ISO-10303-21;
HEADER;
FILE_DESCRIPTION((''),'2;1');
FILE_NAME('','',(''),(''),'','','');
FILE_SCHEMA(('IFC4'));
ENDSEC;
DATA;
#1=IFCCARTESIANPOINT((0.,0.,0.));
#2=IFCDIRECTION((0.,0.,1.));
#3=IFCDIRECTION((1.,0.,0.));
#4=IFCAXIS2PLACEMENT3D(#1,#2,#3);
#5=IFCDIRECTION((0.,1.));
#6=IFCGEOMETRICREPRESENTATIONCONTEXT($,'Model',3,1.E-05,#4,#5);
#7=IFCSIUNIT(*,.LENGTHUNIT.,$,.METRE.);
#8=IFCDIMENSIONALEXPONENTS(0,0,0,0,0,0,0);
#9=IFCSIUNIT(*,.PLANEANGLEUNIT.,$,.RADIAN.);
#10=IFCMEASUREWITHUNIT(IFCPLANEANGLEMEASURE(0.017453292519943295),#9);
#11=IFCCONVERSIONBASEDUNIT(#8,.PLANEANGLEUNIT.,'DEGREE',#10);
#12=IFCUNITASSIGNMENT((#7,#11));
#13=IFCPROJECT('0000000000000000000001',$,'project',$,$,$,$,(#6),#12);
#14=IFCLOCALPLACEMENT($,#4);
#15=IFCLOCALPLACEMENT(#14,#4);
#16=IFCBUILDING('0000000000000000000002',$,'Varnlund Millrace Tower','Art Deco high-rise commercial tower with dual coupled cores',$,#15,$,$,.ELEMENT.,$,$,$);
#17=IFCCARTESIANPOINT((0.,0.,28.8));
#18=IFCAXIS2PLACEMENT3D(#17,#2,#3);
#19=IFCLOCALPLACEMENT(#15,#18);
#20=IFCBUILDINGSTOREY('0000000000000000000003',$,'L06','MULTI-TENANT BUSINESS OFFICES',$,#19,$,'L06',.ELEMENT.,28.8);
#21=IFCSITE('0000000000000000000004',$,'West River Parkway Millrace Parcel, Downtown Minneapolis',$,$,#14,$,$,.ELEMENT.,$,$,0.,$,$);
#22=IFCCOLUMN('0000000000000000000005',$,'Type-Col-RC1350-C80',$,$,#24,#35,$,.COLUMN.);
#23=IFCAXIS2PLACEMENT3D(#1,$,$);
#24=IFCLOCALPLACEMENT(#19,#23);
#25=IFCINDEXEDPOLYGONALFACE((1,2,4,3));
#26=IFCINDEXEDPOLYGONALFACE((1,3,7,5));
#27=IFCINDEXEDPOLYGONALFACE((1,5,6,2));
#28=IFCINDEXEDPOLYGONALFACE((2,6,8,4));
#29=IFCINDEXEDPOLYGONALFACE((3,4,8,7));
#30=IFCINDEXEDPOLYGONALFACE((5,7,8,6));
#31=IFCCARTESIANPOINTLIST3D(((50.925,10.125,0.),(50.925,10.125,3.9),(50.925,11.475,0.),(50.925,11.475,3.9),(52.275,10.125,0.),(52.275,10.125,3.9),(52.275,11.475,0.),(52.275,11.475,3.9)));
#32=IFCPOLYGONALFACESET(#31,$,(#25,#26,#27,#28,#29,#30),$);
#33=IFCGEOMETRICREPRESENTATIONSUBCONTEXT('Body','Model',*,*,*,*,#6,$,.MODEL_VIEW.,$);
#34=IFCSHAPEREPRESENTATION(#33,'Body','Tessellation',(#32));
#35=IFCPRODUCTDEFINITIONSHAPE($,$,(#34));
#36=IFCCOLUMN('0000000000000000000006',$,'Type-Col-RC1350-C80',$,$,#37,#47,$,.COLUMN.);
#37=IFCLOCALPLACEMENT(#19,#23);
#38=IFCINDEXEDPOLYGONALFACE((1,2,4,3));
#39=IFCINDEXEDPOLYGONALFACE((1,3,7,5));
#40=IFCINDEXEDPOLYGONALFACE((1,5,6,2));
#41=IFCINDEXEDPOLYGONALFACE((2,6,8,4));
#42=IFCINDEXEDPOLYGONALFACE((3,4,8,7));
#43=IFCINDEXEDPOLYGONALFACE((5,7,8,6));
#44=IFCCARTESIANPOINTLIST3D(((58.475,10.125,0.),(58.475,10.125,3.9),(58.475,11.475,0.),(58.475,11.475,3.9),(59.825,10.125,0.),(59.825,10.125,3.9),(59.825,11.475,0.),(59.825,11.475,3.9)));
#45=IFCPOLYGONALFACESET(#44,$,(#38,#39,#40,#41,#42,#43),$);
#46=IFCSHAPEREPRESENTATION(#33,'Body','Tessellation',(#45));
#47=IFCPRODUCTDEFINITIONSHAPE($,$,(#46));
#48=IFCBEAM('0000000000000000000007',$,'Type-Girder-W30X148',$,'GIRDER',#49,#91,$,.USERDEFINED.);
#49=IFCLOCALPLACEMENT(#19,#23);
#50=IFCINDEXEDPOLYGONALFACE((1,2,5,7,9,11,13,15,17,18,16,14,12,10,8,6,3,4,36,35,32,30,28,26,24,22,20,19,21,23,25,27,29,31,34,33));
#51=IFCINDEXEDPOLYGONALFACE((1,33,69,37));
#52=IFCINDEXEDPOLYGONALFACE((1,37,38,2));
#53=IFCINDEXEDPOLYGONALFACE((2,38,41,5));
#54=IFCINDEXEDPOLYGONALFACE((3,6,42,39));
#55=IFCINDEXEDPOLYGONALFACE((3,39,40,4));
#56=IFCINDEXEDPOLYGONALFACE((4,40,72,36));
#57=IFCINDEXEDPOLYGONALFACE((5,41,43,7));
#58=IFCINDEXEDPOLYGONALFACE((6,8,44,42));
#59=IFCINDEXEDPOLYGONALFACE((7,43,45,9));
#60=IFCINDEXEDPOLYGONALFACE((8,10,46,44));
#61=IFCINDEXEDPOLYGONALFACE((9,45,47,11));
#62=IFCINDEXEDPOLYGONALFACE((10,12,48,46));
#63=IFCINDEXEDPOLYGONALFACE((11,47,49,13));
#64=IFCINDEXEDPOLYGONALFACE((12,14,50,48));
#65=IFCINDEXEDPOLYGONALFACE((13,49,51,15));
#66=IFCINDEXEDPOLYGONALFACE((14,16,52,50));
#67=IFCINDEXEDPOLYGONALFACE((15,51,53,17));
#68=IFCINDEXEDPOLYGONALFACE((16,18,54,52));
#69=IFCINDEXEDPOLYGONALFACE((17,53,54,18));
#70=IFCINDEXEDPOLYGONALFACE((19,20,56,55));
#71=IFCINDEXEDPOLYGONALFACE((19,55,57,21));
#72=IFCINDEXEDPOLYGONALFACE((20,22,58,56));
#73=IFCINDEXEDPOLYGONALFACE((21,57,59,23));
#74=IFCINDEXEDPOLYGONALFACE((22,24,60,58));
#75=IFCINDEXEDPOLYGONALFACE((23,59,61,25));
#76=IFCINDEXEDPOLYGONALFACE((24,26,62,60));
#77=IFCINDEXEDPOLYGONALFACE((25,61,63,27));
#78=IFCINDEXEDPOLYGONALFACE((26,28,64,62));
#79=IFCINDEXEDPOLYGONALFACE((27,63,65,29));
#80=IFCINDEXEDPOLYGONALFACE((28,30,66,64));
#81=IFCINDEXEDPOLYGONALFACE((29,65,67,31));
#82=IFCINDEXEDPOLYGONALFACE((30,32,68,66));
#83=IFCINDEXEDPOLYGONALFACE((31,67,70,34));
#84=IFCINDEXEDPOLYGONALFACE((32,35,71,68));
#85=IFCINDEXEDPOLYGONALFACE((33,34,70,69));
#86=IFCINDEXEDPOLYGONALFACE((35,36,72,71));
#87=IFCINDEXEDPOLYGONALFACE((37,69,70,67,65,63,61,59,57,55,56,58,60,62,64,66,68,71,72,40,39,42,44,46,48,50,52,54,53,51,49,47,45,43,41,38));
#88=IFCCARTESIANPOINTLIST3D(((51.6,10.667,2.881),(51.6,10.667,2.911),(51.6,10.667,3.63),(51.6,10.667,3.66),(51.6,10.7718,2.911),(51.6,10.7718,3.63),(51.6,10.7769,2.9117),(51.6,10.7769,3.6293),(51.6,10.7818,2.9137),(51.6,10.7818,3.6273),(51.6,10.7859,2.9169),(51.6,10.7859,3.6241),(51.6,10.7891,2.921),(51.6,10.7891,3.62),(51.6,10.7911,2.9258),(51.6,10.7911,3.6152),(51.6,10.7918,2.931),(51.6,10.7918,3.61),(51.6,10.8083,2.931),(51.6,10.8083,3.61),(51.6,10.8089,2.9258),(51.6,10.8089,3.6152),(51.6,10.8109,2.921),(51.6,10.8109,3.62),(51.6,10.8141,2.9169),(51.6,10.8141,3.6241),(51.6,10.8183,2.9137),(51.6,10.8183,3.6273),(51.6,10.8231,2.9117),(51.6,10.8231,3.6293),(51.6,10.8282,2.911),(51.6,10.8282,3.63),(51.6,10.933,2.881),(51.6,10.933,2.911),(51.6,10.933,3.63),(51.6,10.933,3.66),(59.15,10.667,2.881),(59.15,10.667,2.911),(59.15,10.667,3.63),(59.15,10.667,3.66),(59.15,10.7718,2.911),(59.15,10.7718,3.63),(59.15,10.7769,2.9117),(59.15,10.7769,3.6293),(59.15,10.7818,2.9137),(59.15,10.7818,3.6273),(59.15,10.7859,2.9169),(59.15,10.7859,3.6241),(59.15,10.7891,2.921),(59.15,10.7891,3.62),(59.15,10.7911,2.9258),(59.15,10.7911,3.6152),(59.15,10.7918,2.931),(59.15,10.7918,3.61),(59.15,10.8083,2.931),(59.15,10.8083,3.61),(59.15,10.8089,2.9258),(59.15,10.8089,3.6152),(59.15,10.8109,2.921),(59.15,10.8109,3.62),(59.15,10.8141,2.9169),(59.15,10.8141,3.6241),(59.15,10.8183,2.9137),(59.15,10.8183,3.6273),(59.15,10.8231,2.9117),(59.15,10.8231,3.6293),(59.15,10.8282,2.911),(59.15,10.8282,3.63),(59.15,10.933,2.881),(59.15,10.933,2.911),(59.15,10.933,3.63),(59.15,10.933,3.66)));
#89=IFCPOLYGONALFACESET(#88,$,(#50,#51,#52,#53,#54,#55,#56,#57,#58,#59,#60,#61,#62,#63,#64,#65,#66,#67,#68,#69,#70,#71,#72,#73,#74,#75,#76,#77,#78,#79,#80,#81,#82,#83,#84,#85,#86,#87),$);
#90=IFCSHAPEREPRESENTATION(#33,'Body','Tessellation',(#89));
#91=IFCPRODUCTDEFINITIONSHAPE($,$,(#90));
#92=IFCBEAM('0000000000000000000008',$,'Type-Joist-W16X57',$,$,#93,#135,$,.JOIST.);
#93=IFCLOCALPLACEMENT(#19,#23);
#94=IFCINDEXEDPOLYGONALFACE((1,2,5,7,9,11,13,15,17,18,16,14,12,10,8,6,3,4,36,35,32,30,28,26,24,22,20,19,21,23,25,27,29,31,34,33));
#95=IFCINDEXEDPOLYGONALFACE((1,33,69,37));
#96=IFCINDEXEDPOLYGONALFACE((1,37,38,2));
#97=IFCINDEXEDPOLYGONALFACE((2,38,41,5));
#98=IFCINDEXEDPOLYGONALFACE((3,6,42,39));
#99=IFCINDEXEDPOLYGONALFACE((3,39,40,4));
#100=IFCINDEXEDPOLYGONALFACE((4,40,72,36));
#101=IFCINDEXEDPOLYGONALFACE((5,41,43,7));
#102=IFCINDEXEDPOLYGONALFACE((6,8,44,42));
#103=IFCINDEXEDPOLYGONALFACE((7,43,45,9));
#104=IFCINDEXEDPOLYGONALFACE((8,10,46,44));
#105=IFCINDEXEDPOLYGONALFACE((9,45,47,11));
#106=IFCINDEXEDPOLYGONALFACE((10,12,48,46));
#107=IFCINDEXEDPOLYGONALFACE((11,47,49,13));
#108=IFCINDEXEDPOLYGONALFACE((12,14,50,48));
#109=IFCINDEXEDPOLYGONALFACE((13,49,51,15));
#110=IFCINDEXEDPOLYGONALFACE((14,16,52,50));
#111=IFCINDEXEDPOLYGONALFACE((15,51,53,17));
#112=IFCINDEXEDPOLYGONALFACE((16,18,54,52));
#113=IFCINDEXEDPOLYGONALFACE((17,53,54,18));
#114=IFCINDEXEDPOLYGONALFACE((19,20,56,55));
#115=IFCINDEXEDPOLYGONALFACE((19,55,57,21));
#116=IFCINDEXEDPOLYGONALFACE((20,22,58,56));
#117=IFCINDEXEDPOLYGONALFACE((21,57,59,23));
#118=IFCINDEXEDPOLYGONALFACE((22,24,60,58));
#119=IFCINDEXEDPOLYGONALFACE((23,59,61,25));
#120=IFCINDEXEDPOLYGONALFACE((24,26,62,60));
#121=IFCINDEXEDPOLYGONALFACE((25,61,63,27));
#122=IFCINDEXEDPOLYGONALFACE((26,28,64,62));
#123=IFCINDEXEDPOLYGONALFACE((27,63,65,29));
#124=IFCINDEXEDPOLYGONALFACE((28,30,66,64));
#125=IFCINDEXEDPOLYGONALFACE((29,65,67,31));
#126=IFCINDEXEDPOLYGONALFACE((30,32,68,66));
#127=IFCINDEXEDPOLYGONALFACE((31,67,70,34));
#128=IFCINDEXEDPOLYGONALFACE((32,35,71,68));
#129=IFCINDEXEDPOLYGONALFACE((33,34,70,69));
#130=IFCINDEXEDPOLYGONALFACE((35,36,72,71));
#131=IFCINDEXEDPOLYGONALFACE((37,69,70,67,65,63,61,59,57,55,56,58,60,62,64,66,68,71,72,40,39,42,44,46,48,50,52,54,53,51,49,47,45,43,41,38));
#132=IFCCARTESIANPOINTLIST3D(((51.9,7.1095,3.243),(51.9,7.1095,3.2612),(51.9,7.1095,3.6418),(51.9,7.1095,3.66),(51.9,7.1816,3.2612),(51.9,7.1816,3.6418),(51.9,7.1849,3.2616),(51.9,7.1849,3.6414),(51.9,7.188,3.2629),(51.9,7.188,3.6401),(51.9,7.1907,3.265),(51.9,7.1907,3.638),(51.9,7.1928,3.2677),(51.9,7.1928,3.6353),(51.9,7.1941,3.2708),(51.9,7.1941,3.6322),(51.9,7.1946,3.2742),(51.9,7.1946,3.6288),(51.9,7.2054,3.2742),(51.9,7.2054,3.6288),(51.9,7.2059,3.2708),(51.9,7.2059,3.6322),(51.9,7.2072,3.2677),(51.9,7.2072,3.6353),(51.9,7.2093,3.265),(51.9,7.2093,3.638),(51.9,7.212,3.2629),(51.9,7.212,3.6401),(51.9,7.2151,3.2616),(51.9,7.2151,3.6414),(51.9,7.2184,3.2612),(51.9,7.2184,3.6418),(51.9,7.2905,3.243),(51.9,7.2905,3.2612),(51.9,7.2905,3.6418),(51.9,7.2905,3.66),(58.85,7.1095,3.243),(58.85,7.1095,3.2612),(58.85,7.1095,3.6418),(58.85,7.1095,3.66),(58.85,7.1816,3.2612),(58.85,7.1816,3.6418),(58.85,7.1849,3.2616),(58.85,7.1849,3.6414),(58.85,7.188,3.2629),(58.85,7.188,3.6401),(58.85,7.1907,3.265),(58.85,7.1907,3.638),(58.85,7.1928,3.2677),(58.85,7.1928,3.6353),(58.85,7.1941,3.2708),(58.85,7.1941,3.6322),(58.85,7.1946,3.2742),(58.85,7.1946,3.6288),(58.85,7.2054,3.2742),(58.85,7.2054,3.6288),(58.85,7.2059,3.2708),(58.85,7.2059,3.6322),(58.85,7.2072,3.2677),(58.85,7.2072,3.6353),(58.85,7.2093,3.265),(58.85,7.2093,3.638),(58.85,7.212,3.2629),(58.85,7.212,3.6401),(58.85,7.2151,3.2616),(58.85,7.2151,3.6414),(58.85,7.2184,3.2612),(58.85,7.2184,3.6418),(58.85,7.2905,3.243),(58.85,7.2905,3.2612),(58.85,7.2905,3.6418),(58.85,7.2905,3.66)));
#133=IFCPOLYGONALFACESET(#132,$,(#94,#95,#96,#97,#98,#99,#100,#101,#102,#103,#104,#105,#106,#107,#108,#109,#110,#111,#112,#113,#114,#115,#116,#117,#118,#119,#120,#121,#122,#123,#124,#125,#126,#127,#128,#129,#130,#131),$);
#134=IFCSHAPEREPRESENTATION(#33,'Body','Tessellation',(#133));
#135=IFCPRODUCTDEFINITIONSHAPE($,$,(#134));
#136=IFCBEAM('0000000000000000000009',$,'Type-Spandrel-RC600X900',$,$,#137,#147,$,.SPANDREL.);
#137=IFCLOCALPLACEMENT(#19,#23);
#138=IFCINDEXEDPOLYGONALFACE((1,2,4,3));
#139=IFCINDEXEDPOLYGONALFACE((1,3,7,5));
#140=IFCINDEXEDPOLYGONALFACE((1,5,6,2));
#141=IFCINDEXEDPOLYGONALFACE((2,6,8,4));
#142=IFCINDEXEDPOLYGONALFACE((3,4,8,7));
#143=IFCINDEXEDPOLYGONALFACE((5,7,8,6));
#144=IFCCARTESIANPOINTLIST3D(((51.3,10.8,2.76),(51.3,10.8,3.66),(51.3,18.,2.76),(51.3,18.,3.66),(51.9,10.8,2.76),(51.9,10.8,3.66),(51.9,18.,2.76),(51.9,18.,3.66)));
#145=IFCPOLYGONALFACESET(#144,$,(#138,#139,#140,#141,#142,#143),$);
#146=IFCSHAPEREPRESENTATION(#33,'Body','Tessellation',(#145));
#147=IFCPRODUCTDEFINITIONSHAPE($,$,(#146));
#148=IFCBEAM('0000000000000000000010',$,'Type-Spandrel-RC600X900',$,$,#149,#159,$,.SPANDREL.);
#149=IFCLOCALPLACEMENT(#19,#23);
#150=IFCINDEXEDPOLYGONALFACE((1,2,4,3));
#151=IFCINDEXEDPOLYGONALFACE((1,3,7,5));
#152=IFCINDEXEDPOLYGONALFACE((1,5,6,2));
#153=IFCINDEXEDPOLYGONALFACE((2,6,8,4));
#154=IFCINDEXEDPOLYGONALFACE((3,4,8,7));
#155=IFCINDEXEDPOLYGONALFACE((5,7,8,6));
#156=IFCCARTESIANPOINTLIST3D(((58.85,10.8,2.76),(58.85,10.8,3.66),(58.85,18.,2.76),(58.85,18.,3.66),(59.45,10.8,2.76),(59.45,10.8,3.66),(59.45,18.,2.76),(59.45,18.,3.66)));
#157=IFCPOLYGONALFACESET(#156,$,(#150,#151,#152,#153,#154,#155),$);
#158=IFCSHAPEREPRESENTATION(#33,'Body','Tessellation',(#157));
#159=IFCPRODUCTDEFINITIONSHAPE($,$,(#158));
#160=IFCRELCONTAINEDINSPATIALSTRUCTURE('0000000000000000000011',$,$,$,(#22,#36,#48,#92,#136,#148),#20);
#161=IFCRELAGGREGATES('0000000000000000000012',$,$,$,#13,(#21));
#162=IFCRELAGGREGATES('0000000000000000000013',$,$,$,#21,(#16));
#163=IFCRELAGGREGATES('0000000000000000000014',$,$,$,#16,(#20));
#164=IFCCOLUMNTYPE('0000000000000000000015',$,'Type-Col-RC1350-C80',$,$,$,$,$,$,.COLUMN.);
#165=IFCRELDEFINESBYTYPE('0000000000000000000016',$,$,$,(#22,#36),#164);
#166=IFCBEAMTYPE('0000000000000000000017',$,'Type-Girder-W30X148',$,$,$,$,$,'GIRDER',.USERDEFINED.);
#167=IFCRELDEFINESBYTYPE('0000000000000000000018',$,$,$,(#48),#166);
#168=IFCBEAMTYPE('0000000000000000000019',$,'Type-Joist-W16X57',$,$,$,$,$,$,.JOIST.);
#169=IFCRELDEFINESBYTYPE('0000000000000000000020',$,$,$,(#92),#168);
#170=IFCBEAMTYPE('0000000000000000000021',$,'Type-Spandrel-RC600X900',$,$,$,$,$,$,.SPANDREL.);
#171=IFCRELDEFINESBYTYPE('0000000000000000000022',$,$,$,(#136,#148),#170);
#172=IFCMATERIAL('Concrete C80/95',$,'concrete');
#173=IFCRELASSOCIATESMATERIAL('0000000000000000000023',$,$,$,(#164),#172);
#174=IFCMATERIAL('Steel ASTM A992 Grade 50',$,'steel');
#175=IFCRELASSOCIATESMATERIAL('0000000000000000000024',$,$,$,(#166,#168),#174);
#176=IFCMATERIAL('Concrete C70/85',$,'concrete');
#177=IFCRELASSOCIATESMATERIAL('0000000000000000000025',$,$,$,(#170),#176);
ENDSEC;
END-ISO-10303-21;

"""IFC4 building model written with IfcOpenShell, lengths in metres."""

from ifc_helpers import new_model, entity, si_unit, converted_unit, direction, frame, origin_with_axes, origin_2d_with_axis, place, context, subcontext, project, spatial, rectangle, i_section, extrude, material, material_profile, profile_set, type_object, element, save


model = new_model("IFC4")

# Units and contexts
model_context = context("Model", 3, precision=1e-05, world=origin_with_axes(), true_north=direction((0.0, 1.0)))
body_context = subcontext(model_context, "Body", "Model", "MODEL_VIEW")
ifc_project = project(units=[si_unit("LENGTHUNIT", "METRE"), converted_unit("PLANEANGLEUNIT", "DEGREE", entity("IfcPlaneAngleMeasure", 0.017453292519943295), si_unit("PLANEANGLEUNIT", "RADIAN"), dimensions=[0, 0, 0, 0, 0, 0, 0])], contexts=[model_context])

# Site, building, storey
site_placement = place(None, origin_with_axes())
site = spatial("IfcSite", under=ifc_project, at=site_placement, Name="West River Parkway Millrace Parcel, Downtown Minneapolis", CompositionType="ELEMENT", RefElevation=0.0)
building_placement = place(site_placement, origin_with_axes())
building = spatial("IfcBuilding", under=site, at=building_placement, Name="Varnlund Millrace Tower", Description="Art Deco high-rise commercial tower with dual coupled cores", CompositionType="ELEMENT")
storey_placement = place(building_placement, frame((0.0, 0.0, 28.8), z_axis=(0.0, 0.0, 1.0), x_axis=(1.0, 0.0, 0.0)))
storey = spatial("IfcBuildingStorey", under=building, at=storey_placement, Name="L06", Description="MULTI-TENANT BUSINESS OFFICES", LongName="L06", CompositionType="ELEMENT", Elevation=28.8)

# Columns
ifc_material_1 = material(Name="Concrete C80/95", Category="concrete")
ifc_material_profile_1 = material_profile(ifc_material_1, rectangle(XDim=1.35, YDim=1.35, at=origin_2d_with_axis()), Name="Concrete C80/95")
ifc_profile_set_1 = profile_set([ifc_material_profile_1], Name="Concrete C80/95")
column_type = type_object("IfcColumnType", Name="Type-Col-RC1350-C80", PredefinedType="COLUMN", material=ifc_profile_set_1)
for number, where, z_axis, x_axis, name in (
    (1, (51.6, 10.8, 0.0), (0.0, 0.0, 1.0), (1.0, 0.0, 0.0), "Type-Col-RC1350-C80"),
    (2, (59.15, 10.8, 0.0), (0.0, 0.0, 1.0), (1.0, 0.0, 0.0), "Type-Col-RC1350-C80"),
):
    element("IfcColumn", number, at=place(storey_placement, frame(where, z_axis=z_axis, x_axis=x_axis)), inside=storey, type_object=column_type, Name=name, PredefinedType="COLUMN", context=body_context, shape_type="SweptSolid", body=[
        extrude(rectangle(XDim=1.35, YDim=1.35, at=origin_2d_with_axis()), origin_with_axes(), (0.0, 0.0, 1.0), 3.9),
    ])

# Beams
ifc_material_2 = material(Name="Steel ASTM A992 Grade 50", Category="steel")
ifc_material_profile_2 = material_profile(ifc_material_2, i_section(OverallWidth=0.266, OverallDepth=0.779, WebThickness=0.0165, FlangeThickness=0.03, FilletRadius=0.02, at=origin_2d_with_axis()), Name="Steel ASTM A992 Grade 50")
ifc_profile_set_2 = profile_set([ifc_material_profile_2], Name="Steel ASTM A992 Grade 50")
beam_type_1 = type_object("IfcBeamType", Name="Type-Girder-W30X148", ElementType="GIRDER", PredefinedType="USERDEFINED", material=ifc_profile_set_2)
beam_1_placement = place(storey_placement, frame((51.6, 10.8, 3.2705), z_axis=(1.0, 0.0, 0.0), x_axis=(0.0, 1.0, 0.0)))
element("IfcBeam", 3, at=beam_1_placement, inside=storey, type_object=beam_type_1, Name="Type-Girder-W30X148", ObjectType="GIRDER", PredefinedType="USERDEFINED", context=body_context, shape_type="SweptSolid", body=[
    extrude(i_section(OverallWidth=0.266, OverallDepth=0.779, WebThickness=0.0165, FlangeThickness=0.03, FilletRadius=0.02, at=origin_2d_with_axis()), origin_with_axes(), (0.0, 0.0, 1.0), 7.55),
])
ifc_material_profile_3 = material_profile(ifc_material_2, i_section(OverallWidth=0.181, OverallDepth=0.417, WebThickness=0.0109, FlangeThickness=0.0182, FilletRadius=0.013, at=origin_2d_with_axis()), Name="Steel ASTM A992 Grade 50")
ifc_profile_set_3 = profile_set([ifc_material_profile_3], Name="Steel ASTM A992 Grade 50")
beam_type_2 = type_object("IfcBeamType", Name="Type-Joist-W16X57", PredefinedType="JOIST", material=ifc_profile_set_3)
beam_2_placement = place(storey_placement, frame((51.9, 7.2, 3.4515), z_axis=(1.0, 0.0, 0.0), x_axis=(0.0, 1.0, 0.0)))
element("IfcBeam", 4, at=beam_2_placement, inside=storey, type_object=beam_type_2, Name="Type-Joist-W16X57", PredefinedType="JOIST", context=body_context, shape_type="SweptSolid", body=[
    extrude(i_section(OverallWidth=0.181, OverallDepth=0.417, WebThickness=0.0109, FlangeThickness=0.0182, FilletRadius=0.013, at=origin_2d_with_axis()), origin_with_axes(), (0.0, 0.0, 1.0), 6.95),
])
ifc_material_3 = material(Name="Concrete C70/85", Category="concrete")
ifc_material_profile_4 = material_profile(ifc_material_3, rectangle(XDim=0.6, YDim=0.9, at=origin_2d_with_axis()), Name="Concrete C70/85")
ifc_profile_set_4 = profile_set([ifc_material_profile_4], Name="Concrete C70/85")
beam_type_3 = type_object("IfcBeamType", Name="Type-Spandrel-RC600X900", PredefinedType="SPANDREL", material=ifc_profile_set_4)
for number, where, z_axis, x_axis, name in (
    (5, (51.6, 10.8, 3.21), (0.0, 1.0, 0.0), (-1.0, 0.0, 0.0), "Type-Spandrel-RC600X900"),
    (6, (59.15, 10.8, 3.21), (0.0, 1.0, 0.0), (-1.0, 0.0, 0.0), "Type-Spandrel-RC600X900"),
):
    element("IfcBeam", number, at=place(storey_placement, frame(where, z_axis=z_axis, x_axis=x_axis)), inside=storey, type_object=beam_type_3, Name=name, PredefinedType="SPANDREL", context=body_context, shape_type="SweptSolid", body=[
        extrude(rectangle(XDim=0.6, YDim=0.9, at=origin_2d_with_axis()), origin_with_axes(), (0.0, 0.0, 1.0), 7.2),
    ])

save(model, "model.ifc")
